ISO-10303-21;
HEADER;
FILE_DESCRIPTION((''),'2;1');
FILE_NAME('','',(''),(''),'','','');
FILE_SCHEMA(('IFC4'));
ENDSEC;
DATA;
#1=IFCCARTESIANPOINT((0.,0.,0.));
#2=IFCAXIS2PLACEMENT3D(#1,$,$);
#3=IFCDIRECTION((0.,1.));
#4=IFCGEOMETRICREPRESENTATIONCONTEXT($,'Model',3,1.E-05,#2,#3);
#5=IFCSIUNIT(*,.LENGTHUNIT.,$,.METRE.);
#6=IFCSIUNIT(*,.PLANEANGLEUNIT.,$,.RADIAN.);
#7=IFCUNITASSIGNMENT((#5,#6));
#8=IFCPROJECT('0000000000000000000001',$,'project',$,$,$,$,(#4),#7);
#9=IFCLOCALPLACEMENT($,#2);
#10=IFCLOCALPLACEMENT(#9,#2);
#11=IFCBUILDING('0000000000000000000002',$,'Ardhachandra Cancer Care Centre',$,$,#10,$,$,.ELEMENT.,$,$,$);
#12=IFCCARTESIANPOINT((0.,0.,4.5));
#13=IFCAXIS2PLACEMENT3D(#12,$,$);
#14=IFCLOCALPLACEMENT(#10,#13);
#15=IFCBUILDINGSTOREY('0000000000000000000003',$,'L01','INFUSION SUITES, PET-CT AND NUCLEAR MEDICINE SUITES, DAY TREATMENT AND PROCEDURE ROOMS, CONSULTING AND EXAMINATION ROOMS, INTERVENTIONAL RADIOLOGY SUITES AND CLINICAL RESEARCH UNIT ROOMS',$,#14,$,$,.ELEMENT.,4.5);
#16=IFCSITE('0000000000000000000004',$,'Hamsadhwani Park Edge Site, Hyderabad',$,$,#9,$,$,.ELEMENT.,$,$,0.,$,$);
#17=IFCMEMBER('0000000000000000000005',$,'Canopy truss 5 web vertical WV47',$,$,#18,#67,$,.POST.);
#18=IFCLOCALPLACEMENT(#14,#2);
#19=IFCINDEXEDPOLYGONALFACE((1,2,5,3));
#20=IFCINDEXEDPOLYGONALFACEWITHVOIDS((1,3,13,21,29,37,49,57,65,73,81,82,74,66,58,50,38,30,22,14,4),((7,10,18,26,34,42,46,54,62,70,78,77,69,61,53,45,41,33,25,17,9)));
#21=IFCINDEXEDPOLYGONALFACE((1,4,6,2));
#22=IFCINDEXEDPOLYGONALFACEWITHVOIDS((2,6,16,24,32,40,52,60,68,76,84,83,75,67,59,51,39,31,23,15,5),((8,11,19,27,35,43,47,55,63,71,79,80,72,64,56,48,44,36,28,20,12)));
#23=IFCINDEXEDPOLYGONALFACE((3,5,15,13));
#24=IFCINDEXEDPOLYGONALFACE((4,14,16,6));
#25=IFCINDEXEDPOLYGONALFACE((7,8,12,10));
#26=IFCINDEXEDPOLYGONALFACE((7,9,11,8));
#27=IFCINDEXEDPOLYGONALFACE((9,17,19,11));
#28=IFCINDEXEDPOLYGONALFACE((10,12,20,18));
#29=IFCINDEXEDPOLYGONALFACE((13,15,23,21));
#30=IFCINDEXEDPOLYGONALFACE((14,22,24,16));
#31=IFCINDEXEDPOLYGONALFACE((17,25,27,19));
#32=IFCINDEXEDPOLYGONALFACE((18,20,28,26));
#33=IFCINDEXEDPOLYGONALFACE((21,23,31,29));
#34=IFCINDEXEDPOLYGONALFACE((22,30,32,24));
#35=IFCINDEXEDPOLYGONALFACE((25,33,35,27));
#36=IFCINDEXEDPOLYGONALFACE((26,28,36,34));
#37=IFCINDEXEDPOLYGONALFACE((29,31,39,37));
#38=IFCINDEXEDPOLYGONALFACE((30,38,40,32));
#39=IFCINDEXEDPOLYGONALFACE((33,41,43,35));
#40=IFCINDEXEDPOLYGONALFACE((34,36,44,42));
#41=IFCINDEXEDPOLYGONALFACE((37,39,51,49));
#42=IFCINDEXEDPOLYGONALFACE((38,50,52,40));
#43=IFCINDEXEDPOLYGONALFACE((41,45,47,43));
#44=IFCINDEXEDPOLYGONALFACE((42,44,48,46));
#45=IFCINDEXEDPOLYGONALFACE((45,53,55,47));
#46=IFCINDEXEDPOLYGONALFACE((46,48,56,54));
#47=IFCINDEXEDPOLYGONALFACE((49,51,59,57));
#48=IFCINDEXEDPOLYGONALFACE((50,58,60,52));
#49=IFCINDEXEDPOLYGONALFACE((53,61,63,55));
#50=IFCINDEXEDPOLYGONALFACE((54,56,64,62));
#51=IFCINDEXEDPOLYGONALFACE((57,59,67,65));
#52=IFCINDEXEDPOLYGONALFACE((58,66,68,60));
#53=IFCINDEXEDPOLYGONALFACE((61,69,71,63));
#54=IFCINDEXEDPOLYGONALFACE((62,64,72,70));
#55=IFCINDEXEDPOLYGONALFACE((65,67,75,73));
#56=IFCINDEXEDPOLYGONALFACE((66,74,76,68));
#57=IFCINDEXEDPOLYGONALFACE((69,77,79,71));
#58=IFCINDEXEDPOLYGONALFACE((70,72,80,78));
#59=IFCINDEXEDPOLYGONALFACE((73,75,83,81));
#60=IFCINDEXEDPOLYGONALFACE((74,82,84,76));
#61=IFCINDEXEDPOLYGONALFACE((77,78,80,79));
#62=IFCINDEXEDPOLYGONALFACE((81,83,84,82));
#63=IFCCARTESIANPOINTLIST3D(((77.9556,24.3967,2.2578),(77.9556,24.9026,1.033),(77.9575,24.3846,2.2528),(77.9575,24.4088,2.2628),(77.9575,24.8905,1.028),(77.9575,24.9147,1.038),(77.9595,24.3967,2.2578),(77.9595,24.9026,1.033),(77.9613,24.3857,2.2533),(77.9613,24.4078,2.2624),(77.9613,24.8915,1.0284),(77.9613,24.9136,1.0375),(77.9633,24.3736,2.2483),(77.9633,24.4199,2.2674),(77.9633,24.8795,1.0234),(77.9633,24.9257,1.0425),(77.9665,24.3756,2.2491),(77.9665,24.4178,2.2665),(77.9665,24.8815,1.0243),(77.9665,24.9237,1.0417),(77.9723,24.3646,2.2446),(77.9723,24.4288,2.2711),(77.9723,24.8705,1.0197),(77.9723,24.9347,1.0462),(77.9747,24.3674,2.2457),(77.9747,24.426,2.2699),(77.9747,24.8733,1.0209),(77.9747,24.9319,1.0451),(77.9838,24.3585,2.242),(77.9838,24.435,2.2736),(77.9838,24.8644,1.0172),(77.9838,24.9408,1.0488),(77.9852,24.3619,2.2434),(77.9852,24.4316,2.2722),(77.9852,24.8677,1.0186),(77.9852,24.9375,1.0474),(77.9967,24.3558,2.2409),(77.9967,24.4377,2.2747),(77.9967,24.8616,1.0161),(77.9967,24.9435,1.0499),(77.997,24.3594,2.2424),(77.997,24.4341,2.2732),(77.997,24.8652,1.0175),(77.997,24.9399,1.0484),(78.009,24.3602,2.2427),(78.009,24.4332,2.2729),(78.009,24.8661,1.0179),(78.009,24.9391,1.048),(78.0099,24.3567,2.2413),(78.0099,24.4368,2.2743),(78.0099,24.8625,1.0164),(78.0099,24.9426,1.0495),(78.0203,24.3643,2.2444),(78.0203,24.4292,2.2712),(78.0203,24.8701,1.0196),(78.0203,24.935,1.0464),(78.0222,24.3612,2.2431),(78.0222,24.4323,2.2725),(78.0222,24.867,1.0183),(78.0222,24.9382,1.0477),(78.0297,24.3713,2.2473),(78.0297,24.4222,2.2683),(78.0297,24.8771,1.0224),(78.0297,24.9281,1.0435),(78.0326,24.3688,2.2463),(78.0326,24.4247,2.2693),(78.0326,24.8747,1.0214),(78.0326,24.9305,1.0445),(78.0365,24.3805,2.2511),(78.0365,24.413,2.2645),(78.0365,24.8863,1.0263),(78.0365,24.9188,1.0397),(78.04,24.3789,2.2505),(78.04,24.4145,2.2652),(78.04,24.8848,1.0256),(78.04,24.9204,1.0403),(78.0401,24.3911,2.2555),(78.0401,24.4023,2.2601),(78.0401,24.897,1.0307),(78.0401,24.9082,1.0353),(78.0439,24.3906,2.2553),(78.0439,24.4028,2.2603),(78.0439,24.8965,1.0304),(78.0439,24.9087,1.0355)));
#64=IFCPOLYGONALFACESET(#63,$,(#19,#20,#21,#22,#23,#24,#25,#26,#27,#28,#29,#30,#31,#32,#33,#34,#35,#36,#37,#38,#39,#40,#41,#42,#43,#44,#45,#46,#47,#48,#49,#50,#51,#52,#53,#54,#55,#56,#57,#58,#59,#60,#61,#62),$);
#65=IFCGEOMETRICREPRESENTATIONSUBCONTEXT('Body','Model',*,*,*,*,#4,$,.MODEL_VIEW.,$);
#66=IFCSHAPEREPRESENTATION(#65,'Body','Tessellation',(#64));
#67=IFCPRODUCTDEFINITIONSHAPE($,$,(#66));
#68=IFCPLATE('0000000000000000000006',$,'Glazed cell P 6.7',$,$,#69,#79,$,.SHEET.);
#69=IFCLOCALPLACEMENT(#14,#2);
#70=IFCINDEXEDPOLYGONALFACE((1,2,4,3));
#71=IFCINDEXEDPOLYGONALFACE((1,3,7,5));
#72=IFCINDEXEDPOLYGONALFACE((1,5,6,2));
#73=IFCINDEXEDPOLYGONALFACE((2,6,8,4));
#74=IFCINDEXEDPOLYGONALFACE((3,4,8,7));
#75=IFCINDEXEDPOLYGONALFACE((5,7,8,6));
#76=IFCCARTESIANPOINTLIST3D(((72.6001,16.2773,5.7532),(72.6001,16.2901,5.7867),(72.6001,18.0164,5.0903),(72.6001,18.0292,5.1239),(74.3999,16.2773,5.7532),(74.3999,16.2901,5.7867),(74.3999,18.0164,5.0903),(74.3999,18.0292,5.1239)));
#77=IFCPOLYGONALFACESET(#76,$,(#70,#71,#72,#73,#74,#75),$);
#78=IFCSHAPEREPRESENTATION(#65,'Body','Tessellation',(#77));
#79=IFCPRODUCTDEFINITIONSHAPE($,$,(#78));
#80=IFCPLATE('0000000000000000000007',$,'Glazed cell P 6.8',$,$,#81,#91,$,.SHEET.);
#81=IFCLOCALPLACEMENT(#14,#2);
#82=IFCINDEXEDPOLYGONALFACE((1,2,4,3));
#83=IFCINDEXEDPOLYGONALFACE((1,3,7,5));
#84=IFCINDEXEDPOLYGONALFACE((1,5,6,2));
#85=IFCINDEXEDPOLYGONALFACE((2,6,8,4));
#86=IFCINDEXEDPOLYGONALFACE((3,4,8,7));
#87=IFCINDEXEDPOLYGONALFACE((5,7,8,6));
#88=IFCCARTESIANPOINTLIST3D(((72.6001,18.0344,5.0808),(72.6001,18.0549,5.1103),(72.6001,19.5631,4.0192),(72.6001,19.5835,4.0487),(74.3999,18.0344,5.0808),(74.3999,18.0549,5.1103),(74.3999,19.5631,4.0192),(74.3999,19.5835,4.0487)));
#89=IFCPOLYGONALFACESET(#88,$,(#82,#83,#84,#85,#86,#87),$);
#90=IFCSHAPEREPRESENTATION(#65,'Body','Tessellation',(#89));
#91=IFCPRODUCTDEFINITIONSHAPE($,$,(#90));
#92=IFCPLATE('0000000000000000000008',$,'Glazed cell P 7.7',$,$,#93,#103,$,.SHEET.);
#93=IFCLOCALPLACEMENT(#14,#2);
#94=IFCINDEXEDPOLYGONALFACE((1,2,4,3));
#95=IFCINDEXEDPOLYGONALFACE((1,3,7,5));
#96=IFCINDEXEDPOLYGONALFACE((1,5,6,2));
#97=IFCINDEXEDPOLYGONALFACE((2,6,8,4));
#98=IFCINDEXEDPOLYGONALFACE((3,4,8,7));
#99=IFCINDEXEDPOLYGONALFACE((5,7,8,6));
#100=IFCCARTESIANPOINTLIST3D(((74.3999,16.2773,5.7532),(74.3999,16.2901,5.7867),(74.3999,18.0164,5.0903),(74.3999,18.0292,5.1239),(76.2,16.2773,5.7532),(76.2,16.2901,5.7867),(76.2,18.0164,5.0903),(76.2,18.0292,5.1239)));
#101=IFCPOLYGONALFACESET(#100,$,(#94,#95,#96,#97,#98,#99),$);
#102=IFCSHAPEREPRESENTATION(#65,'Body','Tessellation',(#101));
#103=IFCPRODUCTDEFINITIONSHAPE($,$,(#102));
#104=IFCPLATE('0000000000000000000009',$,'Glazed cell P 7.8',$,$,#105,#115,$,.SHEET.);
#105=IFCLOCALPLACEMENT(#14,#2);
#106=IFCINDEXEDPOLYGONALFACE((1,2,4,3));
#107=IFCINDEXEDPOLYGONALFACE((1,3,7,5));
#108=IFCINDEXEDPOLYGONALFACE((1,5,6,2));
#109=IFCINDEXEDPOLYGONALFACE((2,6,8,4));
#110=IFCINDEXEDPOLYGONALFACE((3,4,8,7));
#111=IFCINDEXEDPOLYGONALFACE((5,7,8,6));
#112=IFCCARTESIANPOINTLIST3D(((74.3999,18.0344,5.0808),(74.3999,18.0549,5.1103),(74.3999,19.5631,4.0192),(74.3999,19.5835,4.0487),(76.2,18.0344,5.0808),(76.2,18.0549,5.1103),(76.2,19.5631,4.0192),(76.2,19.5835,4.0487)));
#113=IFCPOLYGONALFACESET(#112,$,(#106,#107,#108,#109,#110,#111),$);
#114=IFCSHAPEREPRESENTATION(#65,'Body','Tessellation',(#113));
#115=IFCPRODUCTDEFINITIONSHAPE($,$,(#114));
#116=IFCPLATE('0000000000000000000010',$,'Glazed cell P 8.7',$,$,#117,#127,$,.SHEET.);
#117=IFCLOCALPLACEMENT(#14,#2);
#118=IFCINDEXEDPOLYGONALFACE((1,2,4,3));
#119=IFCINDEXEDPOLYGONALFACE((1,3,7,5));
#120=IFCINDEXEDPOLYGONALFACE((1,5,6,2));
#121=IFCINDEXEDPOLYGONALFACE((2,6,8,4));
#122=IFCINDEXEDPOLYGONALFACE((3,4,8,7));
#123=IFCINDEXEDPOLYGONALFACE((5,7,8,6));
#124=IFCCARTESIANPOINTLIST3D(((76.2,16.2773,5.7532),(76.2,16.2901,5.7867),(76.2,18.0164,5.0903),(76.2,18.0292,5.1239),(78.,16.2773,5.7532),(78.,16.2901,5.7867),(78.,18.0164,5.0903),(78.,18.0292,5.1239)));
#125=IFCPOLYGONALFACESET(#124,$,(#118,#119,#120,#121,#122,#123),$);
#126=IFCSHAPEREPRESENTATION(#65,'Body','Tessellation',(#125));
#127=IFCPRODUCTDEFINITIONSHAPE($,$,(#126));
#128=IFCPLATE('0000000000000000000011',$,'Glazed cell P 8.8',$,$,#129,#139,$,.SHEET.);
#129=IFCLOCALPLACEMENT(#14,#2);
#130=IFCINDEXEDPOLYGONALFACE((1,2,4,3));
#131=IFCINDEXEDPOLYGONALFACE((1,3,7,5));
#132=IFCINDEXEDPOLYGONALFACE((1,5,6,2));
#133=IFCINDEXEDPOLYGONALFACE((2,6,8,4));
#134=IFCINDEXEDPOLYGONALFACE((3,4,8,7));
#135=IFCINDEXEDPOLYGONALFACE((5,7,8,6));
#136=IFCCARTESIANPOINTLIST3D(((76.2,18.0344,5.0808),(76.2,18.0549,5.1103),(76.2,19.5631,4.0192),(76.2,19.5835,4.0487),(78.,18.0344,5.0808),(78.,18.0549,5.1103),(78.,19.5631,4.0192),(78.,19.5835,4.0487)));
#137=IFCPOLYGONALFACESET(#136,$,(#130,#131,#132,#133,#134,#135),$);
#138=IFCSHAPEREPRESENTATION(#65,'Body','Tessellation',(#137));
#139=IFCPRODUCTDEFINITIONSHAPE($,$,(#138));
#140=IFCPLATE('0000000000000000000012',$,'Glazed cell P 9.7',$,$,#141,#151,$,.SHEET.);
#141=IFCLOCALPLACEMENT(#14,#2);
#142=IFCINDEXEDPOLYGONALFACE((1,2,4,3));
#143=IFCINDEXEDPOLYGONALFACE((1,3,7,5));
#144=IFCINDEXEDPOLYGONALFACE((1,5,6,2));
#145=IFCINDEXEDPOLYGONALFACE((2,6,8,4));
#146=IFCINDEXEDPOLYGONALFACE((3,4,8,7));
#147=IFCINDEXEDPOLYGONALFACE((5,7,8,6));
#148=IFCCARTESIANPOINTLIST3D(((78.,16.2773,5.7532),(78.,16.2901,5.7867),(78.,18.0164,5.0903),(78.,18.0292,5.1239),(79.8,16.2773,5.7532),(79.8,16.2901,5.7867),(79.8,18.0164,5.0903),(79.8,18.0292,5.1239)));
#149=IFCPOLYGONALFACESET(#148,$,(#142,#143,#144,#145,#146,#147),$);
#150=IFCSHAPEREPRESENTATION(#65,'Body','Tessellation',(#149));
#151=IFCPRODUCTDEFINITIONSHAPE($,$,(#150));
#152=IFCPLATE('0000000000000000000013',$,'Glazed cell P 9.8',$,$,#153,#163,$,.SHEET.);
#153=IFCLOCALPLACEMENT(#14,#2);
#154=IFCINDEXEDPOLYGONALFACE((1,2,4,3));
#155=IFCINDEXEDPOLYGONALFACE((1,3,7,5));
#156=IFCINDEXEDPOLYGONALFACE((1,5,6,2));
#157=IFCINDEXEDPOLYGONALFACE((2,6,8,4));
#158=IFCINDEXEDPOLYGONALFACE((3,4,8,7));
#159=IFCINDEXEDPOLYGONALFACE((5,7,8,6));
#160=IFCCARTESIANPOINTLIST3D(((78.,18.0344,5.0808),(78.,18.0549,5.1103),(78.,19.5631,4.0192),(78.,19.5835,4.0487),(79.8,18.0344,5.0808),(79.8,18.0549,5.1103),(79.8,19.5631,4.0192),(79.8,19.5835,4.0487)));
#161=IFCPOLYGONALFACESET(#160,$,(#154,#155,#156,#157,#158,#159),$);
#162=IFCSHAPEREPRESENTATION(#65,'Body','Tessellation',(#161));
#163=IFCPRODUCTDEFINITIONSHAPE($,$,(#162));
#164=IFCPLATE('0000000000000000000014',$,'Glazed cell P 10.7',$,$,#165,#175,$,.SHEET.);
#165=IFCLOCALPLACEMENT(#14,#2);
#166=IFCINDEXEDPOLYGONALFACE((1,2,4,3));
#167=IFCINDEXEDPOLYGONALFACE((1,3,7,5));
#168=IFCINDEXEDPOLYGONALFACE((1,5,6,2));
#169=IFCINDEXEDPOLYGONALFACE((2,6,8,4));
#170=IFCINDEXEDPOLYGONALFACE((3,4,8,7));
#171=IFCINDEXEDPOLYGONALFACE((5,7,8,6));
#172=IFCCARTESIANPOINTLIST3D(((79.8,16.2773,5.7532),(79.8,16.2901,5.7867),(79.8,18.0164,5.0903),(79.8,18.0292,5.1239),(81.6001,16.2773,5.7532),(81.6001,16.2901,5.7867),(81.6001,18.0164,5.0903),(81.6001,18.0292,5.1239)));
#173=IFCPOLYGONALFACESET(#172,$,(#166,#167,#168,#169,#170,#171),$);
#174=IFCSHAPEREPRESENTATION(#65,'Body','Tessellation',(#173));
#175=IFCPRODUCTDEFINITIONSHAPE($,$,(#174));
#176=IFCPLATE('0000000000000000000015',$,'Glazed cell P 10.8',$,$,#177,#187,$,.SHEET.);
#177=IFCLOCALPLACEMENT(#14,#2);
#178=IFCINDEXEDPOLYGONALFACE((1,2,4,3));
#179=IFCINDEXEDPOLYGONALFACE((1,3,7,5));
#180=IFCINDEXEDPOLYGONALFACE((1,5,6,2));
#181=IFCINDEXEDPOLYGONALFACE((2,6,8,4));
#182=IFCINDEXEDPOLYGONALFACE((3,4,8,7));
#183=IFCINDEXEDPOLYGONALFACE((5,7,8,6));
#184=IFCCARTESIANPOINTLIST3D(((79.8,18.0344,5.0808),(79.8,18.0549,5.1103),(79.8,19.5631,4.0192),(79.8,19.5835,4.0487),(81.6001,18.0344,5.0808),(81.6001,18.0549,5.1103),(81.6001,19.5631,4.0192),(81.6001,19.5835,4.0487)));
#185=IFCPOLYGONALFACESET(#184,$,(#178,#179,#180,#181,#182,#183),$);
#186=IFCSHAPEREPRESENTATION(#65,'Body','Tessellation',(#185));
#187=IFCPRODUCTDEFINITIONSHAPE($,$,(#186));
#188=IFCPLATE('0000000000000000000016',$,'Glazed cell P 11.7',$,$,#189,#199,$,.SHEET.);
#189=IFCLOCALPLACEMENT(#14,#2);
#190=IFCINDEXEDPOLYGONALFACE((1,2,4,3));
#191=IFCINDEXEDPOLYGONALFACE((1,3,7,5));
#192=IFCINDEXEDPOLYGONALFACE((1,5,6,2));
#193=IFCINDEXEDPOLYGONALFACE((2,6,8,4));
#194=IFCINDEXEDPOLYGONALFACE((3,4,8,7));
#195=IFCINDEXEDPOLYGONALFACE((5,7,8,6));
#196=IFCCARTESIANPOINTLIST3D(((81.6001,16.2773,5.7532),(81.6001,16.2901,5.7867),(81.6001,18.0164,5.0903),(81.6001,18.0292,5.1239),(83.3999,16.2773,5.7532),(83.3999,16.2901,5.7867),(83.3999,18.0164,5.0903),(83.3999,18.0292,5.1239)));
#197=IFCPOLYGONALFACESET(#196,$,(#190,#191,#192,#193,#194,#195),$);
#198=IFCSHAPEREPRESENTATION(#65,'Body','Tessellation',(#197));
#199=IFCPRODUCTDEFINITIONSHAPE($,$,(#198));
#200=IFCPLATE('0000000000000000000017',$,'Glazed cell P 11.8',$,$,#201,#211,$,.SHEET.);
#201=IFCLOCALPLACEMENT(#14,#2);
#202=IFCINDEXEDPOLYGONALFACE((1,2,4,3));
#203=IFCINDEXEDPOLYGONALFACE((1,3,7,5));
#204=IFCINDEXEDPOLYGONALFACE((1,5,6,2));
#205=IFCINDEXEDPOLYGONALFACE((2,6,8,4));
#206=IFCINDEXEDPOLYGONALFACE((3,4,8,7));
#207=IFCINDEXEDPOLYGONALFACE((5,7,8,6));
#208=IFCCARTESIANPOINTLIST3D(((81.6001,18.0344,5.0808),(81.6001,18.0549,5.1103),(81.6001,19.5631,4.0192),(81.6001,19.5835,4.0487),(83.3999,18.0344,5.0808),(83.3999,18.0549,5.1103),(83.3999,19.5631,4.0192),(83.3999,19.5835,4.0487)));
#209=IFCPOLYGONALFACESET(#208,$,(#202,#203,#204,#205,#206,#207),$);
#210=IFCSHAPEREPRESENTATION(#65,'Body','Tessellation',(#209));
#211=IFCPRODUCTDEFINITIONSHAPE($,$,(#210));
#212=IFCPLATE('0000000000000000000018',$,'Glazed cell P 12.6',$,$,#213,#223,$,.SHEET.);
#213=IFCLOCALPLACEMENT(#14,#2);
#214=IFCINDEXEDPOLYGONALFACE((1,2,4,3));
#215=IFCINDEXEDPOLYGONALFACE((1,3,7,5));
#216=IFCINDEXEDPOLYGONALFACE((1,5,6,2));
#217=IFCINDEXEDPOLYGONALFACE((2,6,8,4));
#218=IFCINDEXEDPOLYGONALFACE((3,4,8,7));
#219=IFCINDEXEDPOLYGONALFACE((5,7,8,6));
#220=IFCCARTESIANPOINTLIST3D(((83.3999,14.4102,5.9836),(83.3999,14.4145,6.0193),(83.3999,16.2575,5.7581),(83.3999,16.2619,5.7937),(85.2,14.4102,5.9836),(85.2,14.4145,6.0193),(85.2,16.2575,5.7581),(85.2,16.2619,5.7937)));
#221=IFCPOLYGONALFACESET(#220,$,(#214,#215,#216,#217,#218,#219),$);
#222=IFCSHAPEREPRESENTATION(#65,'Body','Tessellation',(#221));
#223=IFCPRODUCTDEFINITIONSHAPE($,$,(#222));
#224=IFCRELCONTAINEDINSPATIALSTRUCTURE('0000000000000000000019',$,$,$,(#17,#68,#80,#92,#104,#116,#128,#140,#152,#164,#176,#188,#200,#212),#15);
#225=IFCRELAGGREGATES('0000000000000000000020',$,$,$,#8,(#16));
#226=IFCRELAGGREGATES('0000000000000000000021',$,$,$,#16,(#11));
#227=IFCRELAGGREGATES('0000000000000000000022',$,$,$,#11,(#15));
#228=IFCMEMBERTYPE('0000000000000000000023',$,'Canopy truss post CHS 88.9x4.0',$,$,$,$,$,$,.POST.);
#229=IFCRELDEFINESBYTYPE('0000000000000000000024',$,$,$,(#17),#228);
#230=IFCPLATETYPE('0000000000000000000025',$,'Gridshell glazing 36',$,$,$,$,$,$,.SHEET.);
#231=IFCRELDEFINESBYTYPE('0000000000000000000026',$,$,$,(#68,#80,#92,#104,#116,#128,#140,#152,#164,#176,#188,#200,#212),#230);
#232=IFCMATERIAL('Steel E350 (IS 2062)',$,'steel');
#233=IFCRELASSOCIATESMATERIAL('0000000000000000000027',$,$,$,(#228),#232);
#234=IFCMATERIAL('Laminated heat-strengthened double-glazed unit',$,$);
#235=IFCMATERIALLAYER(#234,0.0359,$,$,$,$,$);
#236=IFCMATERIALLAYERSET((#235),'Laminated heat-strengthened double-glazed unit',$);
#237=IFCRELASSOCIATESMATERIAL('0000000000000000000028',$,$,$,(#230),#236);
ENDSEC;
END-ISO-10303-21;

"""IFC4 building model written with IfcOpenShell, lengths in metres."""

from ifc_helpers import new_model, si_unit, direction, frame, origin, origin_2d, place, context, subcontext, project, spatial, polyline, hollow_circle, outline, extrude, material, layer, layer_set, material_profile, profile_set, type_object, element, save


model = new_model("IFC4")

# Units and contexts
model_context = context("Model", 3, precision=1e-05, world=origin(), true_north=direction((0.0, 1.0)))
body_context = subcontext(model_context, "Body", "Model", "MODEL_VIEW")
ifc_project = project(units=[si_unit("LENGTHUNIT", "METRE"), si_unit("PLANEANGLEUNIT", "RADIAN")], contexts=[model_context])

# Site, building, storey
site_placement = place(None, origin())
site = spatial("IfcSite", under=ifc_project, at=site_placement, Name="Hamsadhwani Park Edge Site, Hyderabad", CompositionType="ELEMENT", RefElevation=0.0)
building_placement = place(site_placement, origin())
building = spatial("IfcBuilding", under=site, at=building_placement, Name="Ardhachandra Cancer Care Centre", CompositionType="ELEMENT")
storey_placement = place(building_placement, frame((0.0, 0.0, 4.5)))
storey = spatial("IfcBuildingStorey", under=building, at=storey_placement, Name="L01", Description="INFUSION SUITES, PET-CT AND NUCLEAR MEDICINE SUITES, DAY TREATMENT AND PROCEDURE ROOMS, CONSULTING AND EXAMINATION ROOMS, INTERVENTIONAL RADIOLOGY SUITES AND CLINICAL RESEARCH UNIT ROOMS", CompositionType="ELEMENT", Elevation=4.5)

# Member
ifc_material_1 = material(Name="Steel E350 (IS 2062)", Category="steel")
ifc_material_profile_1 = material_profile(ifc_material_1, hollow_circle(Radius=0.0444, WallThickness=0.0039, at=origin_2d()), Name="CHS 88.9x4.0")
ifc_profile_set_1 = profile_set([ifc_material_profile_1], Name="Steel E350 (IS 2062)")
member_type_1 = type_object("IfcMemberType", Name="Canopy truss post CHS 88.9x4.0", PredefinedType="POST", material=ifc_profile_set_1)
member_1_placement = place(storey_placement, frame((78.0, 24.3967, 2.2578), z_axis=(0.0, 0.381723, -0.924277), x_axis=(-1.0, 0.0, 0.0)))
element("IfcMember", 1, at=member_1_placement, inside=storey, type_object=member_type_1, Name="Canopy truss 5 web vertical WV47", PredefinedType="POST", context=body_context, shape_type="SweptSolid", body=[
    extrude(hollow_circle(Radius=0.0444, WallThickness=0.0039, at=origin_2d()), origin(), (0.0, 0.0, 1.0), 1.3252),
])

# Plates
ifc_material_2 = material(Name="Laminated heat-strengthened double-glazed unit")
ifc_layer_1 = layer(ifc_material_2, 0.0359)
ifc_layer_set_1 = layer_set([ifc_layer_1], Name="Laminated heat-strengthened double-glazed unit")
plate_type_1 = type_object("IfcPlateType", Name="Gridshell glazing 36", PredefinedType="SHEET", material=ifc_layer_set_1)
for number, where, z_axis, x_axis, name in (
    (2, (72.6001, 16.2773, 5.7532), (0.0, 0.356164, 0.934423), (1.0, 0.0, 0.0), "Glazed cell P 6.7"),
    (3, (72.6001, 18.0344, 5.0808), (0.0, 0.570403, 0.821365), (1.0, 0.0, 0.0), "Glazed cell P 6.8"),
):
    element("IfcPlate", number, at=place(storey_placement, frame(where, z_axis=z_axis, x_axis=x_axis)), inside=storey, type_object=plate_type_1, Name=name, PredefinedType="SHEET", context=body_context, shape_type="SweptSolid", body=[
        extrude(outline(polyline([(0.0, 0.0), (1.7998, 0.0), (1.7998, 1.8611), (0.0, 1.8611), (0.0, 0.0)])), origin(), (0.0, 0.0, 1.0), 0.0359),
    ])
for number, where, z_axis, x_axis, name in (
    (4, (74.3999, 16.2773, 5.7532), (0.0, 0.356164, 0.934423), (1.0, 0.0, 0.0), "Glazed cell P 7.7"),
    (5, (74.3999, 18.0344, 5.0808), (0.0, 0.570403, 0.821365), (1.0, 0.0, 0.0), "Glazed cell P 7.8"),
    (6, (76.2, 16.2773, 5.7532), (0.0, 0.356164, 0.934423), (1.0, 0.0, 0.0), "Glazed cell P 8.7"),
    (7, (76.2, 18.0344, 5.0808), (0.0, 0.570403, 0.821365), (1.0, 0.0, 0.0), "Glazed cell P 8.8"),
    (8, (78.0, 16.2773, 5.7532), (0.0, 0.356164, 0.934423), (1.0, 0.0, 0.0), "Glazed cell P 9.7"),
    (9, (78.0, 18.0344, 5.0808), (0.0, 0.570403, 0.821365), (1.0, 0.0, 0.0), "Glazed cell P 9.8"),
    (10, (79.8, 16.2773, 5.7532), (0.0, 0.356164, 0.934423), (1.0, 0.0, 0.0), "Glazed cell P 10.7"),
    (11, (79.8, 18.0344, 5.0808), (0.0, 0.570403, 0.821365), (1.0, 0.0, 0.0), "Glazed cell P 10.8"),
):
    element("IfcPlate", number, at=place(storey_placement, frame(where, z_axis=z_axis, x_axis=x_axis)), inside=storey, type_object=plate_type_1, Name=name, PredefinedType="SHEET", context=body_context, shape_type="SweptSolid", body=[
        extrude(outline(polyline([(0.0, 0.0), (1.8, 0.0), (1.8, 1.8611), (0.0, 1.8611), (0.0, 0.0)])), origin(), (0.0, 0.0, 1.0), 0.0359),
    ])
for number, where, z_axis, x_axis, name in (
    (12, (81.6001, 16.2773, 5.7532), (0.0, 0.356164, 0.934423), (1.0, 0.0, 0.0), "Glazed cell P 11.7"),
    (13, (81.6001, 18.0344, 5.0808), (0.0, 0.570403, 0.821365), (1.0, 0.0, 0.0), "Glazed cell P 11.8"),
):
    element("IfcPlate", number, at=place(storey_placement, frame(where, z_axis=z_axis, x_axis=x_axis)), inside=storey, type_object=plate_type_1, Name=name, PredefinedType="SHEET", context=body_context, shape_type="SweptSolid", body=[
        extrude(outline(polyline([(0.0, 0.0), (1.7998, 0.0), (1.7998, 1.8611), (0.0, 1.8611), (0.0, 0.0)])), origin(), (0.0, 0.0, 1.0), 0.0359),
    ])
for number, where, z_axis, x_axis, name in (
    (14, (83.3999, 14.4102, 5.9836), (0.0, 0.121209, 0.992627), (1.0, 0.0, 0.0), "Glazed cell P 12.6"),
):
    element("IfcPlate", number, at=place(storey_placement, frame(where, z_axis=z_axis, x_axis=x_axis)), inside=storey, type_object=plate_type_1, Name=name, PredefinedType="SHEET", context=body_context, shape_type="SweptSolid", body=[
        extrude(outline(polyline([(0.0, 0.0), (1.8, 0.0), (1.8, 1.8611), (0.0, 1.8611), (0.0, 0.0)])), origin(), (0.0, 0.0, 1.0), 0.0359),
    ])

save(model, "model.ifc")
